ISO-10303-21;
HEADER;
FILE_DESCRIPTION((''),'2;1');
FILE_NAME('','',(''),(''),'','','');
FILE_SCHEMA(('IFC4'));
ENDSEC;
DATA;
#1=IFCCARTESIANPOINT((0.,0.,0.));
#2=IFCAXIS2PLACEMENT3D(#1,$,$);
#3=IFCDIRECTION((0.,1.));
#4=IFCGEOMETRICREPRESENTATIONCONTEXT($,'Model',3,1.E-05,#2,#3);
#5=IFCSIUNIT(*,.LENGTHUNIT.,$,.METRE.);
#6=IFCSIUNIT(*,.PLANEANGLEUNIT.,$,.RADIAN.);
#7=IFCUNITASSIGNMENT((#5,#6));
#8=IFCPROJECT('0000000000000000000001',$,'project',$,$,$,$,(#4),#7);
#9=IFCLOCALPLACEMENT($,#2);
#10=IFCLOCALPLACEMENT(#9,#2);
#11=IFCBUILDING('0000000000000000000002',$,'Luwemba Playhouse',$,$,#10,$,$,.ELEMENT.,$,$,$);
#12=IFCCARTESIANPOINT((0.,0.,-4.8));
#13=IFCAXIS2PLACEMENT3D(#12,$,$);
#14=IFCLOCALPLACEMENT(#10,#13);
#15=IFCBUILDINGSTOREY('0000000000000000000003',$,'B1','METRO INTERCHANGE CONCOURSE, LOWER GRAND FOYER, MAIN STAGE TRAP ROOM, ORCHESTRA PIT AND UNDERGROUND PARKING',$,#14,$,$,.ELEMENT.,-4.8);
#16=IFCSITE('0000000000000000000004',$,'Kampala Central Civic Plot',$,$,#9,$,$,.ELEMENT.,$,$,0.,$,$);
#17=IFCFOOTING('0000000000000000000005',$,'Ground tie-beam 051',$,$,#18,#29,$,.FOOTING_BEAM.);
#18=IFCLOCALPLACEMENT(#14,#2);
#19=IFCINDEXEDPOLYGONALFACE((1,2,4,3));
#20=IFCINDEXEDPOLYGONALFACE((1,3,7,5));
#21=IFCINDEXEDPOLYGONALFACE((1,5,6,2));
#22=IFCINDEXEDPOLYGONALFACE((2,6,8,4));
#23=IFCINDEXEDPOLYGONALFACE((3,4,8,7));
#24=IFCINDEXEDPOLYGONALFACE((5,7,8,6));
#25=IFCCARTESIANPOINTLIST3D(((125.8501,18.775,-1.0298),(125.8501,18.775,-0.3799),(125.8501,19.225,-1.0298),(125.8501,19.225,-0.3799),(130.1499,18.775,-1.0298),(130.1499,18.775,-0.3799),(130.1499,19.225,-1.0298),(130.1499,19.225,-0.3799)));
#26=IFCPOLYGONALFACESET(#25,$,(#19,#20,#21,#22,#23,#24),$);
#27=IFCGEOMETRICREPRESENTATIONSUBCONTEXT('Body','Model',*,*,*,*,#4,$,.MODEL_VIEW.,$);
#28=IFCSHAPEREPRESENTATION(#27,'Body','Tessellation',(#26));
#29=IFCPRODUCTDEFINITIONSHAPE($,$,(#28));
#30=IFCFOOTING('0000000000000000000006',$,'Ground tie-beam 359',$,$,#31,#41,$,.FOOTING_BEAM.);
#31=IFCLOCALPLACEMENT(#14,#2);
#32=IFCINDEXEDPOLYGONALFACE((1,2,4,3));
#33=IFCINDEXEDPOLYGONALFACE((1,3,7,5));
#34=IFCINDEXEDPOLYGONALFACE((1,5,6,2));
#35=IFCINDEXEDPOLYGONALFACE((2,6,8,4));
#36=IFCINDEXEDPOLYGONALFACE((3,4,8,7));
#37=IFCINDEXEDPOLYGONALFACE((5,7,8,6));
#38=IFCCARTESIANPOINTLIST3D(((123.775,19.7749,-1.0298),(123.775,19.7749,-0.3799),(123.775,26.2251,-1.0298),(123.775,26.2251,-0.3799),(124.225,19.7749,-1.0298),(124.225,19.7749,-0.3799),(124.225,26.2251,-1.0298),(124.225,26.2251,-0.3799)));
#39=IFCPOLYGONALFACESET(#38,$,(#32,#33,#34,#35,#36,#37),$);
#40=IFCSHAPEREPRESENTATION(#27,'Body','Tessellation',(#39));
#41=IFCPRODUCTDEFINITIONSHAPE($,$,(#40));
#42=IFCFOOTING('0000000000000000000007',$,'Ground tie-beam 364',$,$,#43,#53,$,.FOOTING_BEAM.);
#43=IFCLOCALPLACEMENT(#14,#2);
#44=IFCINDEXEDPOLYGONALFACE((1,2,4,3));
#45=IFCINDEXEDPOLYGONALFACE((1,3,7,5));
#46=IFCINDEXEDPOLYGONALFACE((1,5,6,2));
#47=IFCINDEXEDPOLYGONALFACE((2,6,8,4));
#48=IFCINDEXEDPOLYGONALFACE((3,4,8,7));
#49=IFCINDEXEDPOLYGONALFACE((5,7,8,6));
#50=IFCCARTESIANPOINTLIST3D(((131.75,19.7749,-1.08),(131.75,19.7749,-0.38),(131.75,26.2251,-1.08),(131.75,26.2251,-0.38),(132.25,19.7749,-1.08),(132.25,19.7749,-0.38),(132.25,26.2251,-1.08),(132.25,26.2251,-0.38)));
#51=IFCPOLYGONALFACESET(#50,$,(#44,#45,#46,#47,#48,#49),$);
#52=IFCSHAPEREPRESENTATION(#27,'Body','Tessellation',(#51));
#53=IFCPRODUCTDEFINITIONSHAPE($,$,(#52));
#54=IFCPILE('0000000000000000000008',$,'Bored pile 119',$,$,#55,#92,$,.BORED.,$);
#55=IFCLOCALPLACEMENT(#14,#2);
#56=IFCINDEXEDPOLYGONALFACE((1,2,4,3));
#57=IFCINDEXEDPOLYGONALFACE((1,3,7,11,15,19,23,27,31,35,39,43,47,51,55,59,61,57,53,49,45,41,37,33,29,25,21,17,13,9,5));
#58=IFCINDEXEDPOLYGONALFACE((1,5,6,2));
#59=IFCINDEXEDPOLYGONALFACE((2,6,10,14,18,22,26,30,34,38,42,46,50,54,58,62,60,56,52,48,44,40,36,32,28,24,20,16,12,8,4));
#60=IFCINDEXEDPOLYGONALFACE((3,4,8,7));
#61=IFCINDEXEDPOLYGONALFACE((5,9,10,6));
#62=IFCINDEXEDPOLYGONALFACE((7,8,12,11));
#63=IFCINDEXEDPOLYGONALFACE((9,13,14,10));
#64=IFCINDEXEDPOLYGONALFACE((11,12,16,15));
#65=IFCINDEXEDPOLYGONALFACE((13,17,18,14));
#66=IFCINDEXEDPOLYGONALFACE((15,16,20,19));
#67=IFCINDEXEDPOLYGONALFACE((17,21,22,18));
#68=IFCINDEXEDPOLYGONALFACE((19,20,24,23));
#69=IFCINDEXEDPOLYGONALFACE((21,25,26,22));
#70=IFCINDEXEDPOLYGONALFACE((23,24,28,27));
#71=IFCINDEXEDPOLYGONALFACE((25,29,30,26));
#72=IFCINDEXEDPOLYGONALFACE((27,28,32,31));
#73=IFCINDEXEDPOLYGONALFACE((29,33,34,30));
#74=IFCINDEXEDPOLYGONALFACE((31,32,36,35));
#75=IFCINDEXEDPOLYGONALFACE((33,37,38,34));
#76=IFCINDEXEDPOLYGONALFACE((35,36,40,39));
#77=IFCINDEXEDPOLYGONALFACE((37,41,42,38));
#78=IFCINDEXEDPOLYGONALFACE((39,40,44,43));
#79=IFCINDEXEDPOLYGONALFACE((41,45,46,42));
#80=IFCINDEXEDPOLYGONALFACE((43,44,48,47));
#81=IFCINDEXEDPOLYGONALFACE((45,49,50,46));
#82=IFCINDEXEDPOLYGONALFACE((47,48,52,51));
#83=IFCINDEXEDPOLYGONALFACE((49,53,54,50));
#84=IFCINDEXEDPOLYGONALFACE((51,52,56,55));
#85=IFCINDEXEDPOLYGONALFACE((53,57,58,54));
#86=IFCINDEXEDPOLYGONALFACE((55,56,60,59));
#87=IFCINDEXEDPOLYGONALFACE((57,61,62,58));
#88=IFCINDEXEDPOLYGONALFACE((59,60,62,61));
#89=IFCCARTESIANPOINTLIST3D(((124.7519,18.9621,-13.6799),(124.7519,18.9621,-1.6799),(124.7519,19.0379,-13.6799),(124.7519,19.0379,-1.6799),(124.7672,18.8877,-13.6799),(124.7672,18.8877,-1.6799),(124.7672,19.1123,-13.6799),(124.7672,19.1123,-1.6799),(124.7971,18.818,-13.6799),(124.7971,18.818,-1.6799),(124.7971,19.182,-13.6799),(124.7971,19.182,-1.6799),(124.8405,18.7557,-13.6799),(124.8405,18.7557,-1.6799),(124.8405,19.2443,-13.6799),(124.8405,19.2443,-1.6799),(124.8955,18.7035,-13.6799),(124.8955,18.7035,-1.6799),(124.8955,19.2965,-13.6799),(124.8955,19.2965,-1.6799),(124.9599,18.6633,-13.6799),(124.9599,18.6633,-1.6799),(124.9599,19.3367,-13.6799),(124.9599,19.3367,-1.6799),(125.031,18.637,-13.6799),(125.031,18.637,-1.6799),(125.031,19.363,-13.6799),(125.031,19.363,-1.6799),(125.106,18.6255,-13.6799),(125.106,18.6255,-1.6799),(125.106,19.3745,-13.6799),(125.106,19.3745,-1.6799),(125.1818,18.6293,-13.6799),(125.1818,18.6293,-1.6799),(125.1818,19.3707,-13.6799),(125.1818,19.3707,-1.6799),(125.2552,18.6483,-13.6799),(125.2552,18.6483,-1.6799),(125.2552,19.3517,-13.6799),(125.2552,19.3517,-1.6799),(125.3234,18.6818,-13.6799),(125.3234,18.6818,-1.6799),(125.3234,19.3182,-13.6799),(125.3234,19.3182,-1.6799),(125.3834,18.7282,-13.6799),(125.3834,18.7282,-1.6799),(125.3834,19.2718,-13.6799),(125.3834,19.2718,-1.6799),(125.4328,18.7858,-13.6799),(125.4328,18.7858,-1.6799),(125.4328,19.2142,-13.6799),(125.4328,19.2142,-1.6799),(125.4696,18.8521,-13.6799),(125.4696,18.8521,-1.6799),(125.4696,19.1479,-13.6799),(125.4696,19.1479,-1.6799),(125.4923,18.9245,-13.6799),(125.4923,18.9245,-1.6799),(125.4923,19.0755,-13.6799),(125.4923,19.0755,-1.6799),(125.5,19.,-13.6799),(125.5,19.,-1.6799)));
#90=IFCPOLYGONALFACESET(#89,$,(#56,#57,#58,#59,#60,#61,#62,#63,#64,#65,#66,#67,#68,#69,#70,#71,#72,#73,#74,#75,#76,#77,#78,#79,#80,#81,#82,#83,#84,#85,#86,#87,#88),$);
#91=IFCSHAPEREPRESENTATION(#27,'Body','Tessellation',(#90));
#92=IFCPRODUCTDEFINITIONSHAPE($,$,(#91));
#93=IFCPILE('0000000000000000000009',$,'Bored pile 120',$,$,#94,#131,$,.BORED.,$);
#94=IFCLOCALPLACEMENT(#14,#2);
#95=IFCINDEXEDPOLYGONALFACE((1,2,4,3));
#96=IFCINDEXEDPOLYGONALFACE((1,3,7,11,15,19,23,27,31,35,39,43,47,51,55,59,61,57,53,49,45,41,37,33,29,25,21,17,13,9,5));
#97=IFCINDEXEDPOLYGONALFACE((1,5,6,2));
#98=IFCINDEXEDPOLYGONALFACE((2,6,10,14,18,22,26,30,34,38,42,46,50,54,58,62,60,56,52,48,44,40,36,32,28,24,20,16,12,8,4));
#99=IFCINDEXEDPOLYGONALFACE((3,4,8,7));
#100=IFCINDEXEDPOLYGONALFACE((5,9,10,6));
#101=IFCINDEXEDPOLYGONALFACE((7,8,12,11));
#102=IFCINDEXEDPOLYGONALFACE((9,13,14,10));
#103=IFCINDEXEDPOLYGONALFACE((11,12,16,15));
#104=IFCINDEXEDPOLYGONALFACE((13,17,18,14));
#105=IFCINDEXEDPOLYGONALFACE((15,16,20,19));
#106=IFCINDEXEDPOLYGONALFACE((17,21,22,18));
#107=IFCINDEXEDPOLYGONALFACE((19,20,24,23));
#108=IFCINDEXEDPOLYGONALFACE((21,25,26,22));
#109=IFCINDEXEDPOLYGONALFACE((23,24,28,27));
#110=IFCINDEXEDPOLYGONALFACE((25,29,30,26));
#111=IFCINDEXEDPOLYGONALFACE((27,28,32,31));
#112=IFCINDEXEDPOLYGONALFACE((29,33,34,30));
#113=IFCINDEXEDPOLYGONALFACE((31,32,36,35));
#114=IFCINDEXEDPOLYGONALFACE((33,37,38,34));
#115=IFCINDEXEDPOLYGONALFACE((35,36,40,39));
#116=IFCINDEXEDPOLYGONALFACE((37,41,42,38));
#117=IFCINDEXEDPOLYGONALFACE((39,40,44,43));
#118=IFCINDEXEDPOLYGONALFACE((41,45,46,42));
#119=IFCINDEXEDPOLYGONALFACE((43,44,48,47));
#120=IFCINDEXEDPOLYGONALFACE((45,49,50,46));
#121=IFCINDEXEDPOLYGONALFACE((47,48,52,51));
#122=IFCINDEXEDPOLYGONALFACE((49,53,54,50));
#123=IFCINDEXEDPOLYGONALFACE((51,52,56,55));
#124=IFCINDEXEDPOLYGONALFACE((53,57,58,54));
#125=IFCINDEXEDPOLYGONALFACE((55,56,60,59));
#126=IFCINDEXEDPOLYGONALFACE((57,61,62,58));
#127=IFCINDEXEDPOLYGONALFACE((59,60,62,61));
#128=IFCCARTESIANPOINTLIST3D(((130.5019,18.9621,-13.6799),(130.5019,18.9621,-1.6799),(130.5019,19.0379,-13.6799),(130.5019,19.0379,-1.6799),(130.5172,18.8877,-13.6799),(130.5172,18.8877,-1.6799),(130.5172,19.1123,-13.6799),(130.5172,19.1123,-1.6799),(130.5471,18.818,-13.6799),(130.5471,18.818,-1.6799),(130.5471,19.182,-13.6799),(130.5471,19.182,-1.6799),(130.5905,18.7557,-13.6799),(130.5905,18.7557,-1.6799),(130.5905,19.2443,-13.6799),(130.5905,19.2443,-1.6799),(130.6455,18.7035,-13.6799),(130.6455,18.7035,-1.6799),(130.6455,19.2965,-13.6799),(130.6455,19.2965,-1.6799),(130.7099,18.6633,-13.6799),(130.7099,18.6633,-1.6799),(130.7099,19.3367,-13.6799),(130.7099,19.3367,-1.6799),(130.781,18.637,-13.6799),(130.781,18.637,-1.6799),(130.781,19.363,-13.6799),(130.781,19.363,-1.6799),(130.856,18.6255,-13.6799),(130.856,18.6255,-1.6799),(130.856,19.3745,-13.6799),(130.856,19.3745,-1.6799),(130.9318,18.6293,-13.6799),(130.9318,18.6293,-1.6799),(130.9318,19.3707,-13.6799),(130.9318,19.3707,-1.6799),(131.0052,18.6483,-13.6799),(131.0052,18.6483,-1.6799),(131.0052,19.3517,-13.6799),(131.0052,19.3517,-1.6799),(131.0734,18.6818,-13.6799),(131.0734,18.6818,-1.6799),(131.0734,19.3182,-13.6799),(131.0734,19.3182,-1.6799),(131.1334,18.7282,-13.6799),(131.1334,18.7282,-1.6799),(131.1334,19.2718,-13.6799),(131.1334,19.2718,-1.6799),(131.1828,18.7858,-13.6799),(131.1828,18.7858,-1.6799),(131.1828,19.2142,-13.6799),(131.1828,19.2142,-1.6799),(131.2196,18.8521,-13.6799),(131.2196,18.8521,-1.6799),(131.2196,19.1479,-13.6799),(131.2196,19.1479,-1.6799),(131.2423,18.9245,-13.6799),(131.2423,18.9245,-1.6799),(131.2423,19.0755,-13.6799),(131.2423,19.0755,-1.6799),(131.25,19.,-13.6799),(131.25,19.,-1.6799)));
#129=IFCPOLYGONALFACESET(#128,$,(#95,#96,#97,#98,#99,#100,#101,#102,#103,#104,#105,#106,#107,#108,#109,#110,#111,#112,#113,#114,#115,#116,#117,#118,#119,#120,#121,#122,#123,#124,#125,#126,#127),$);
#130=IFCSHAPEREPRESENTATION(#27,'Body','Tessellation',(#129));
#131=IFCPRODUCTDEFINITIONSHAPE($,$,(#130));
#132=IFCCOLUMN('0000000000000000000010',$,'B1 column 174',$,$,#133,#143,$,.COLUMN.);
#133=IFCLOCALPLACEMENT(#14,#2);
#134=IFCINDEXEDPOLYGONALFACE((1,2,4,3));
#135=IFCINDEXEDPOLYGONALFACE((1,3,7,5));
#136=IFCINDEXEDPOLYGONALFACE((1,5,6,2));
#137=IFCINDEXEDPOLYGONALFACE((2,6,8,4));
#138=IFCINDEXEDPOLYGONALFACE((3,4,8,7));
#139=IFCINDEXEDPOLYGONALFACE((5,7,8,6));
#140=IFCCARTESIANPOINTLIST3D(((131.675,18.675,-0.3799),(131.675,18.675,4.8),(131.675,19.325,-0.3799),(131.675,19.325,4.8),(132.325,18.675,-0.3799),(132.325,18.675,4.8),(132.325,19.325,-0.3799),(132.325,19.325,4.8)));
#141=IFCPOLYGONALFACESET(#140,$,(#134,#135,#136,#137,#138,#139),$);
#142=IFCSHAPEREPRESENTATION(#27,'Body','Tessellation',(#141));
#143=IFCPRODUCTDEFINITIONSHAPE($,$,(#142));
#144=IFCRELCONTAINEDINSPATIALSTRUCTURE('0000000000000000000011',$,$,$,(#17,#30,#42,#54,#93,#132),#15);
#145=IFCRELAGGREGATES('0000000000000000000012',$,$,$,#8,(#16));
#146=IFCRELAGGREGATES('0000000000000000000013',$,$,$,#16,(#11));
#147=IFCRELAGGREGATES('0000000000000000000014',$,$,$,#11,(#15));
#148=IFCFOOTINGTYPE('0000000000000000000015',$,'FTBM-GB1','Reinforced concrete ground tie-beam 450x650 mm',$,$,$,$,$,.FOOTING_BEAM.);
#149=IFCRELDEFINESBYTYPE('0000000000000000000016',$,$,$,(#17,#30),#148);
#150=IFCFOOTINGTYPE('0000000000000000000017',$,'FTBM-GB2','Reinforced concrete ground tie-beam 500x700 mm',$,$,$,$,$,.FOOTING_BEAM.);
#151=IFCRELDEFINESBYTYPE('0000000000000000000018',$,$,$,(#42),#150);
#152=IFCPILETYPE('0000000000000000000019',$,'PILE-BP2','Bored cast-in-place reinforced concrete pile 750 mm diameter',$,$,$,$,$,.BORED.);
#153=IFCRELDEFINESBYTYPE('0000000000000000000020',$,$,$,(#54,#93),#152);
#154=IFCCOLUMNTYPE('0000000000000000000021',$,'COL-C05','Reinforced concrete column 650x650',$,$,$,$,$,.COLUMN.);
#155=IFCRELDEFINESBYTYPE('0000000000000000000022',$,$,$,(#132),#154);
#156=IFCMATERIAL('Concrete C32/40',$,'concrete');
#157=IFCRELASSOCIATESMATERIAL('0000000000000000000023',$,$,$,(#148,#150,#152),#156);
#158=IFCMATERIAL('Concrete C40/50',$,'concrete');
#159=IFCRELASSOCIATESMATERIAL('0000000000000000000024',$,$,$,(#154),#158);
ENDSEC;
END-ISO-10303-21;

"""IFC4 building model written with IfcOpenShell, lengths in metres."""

from ifc_helpers import new_model, si_unit, direction, frame, origin, origin_2d, place, context, subcontext, project, spatial, rectangle, circle, extrude, material, material_profile, profile_set, type_object, element, save


model = new_model("IFC4")

# Units and contexts
model_context = context("Model", 3, precision=1e-05, world=origin(), true_north=direction((0.0, 1.0)))
body_context = subcontext(model_context, "Body", "Model", "MODEL_VIEW")
ifc_project = project(units=[si_unit("LENGTHUNIT", "METRE"), si_unit("PLANEANGLEUNIT", "RADIAN")], contexts=[model_context])

# Site, building, storey
site_placement = place(None, origin())
site = spatial("IfcSite", under=ifc_project, at=site_placement, Name="Kampala Central Civic Plot", CompositionType="ELEMENT", RefElevation=0.0)
building_placement = place(site_placement, origin())
building = spatial("IfcBuilding", under=site, at=building_placement, Name="Luwemba Playhouse", CompositionType="ELEMENT")
storey_placement = place(building_placement, frame((0.0, 0.0, -4.8)))
storey = spatial("IfcBuildingStorey", under=building, at=storey_placement, Name="B1", Description="METRO INTERCHANGE CONCOURSE, LOWER GRAND FOYER, MAIN STAGE TRAP ROOM, ORCHESTRA PIT AND UNDERGROUND PARKING", CompositionType="ELEMENT", Elevation=-4.8)

# Footings
ifc_material_1 = material(Name="Concrete C32/40", Category="concrete")
ifc_material_profile_1 = material_profile(ifc_material_1, rectangle(XDim=0.45, YDim=0.6499, at=origin_2d()))
ifc_profile_set_1 = profile_set([ifc_material_profile_1], Name="Concrete C32/40")
footing_type_1 = type_object("IfcFootingType", Name="FTBM-GB1", Description="Reinforced concrete ground tie-beam 450x650 mm", PredefinedType="FOOTING_BEAM", material=ifc_profile_set_1)
footing_1_placement = place(storey_placement, frame((125.8501, 19.0, -0.7048), z_axis=(1.0, 0.0, 0.0), x_axis=(0.0, 1.0, 0.0)))
element("IfcFooting", 1, at=footing_1_placement, inside=storey, type_object=footing_type_1, Name="Ground tie-beam 051", PredefinedType="FOOTING_BEAM", context=body_context, shape_type="SweptSolid", body=[
    extrude(rectangle(XDim=0.45, YDim=0.6499, at=origin_2d()), origin(), (0.0, 0.0, 1.0), 4.2998),
])
footing_2_placement = place(storey_placement, frame((124.0, 19.7749, -0.7048), z_axis=(0.0, 1.0, 0.0), x_axis=(-1.0, 0.0, 0.0)))
element("IfcFooting", 2, at=footing_2_placement, inside=storey, type_object=footing_type_1, Name="Ground tie-beam 359", PredefinedType="FOOTING_BEAM", context=body_context, shape_type="SweptSolid", body=[
    extrude(rectangle(XDim=0.45, YDim=0.6499, at=origin_2d()), origin(), (0.0, 0.0, 1.0), 6.4502),
])
ifc_material_profile_2 = material_profile(ifc_material_1, rectangle(XDim=0.5, YDim=0.7, at=origin_2d()))
ifc_profile_set_2 = profile_set([ifc_material_profile_2], Name="Concrete C32/40")
footing_type_2 = type_object("IfcFootingType", Name="FTBM-GB2", Description="Reinforced concrete ground tie-beam 500x700 mm", PredefinedType="FOOTING_BEAM", material=ifc_profile_set_2)
footing_3_placement = place(storey_placement, frame((132.0, 19.7749, -0.73), z_axis=(0.0, 1.0, 0.0), x_axis=(-1.0, 0.0, 0.0)))
element("IfcFooting", 3, at=footing_3_placement, inside=storey, type_object=footing_type_2, Name="Ground tie-beam 364", PredefinedType="FOOTING_BEAM", context=body_context, shape_type="SweptSolid", body=[
    extrude(rectangle(XDim=0.5, YDim=0.7, at=origin_2d()), origin(), (0.0, 0.0, 1.0), 6.4502),
])

# Piles
ifc_material_profile_3 = material_profile(ifc_material_1, circle(Radius=0.375, at=origin_2d()))
ifc_profile_set_3 = profile_set([ifc_material_profile_3], Name="Concrete C32/40")
pile_type = type_object("IfcPileType", Name="PILE-BP2", Description="Bored cast-in-place reinforced concrete pile 750 mm diameter", PredefinedType="BORED", material=ifc_profile_set_3)
for number, where, z_axis, x_axis, name in (
    (4, (125.125, 19.0, -1.6799), (0.0, 0.0, -1.0), (1.0, 0.0, 0.0), "Bored pile 119"),
    (5, (130.875, 19.0, -1.6799), (0.0, 0.0, -1.0), (1.0, 0.0, 0.0), "Bored pile 120"),
):
    element("IfcPile", number, at=place(storey_placement, frame(where, z_axis=z_axis, x_axis=x_axis)), inside=storey, type_object=pile_type, Name=name, PredefinedType="BORED", context=body_context, shape_type="SweptSolid", body=[
        extrude(circle(Radius=0.375, at=origin_2d()), origin(), (0.0, 0.0, 1.0), 12.0),
    ])

# Column
ifc_material_2 = material(Name="Concrete C40/50", Category="concrete")
ifc_material_profile_4 = material_profile(ifc_material_2, rectangle(XDim=0.6499, YDim=0.6499, at=origin_2d()))
ifc_profile_set_4 = profile_set([ifc_material_profile_4], Name="Concrete C40/50")
column_type = type_object("IfcColumnType", Name="COL-C05", Description="Reinforced concrete column 650x650", PredefinedType="COLUMN", material=ifc_profile_set_4)
column_placement = place(storey_placement, frame((132.0, 19.0, -0.3799), z_axis=(0.0, 0.0, 1.0), x_axis=(1.0, 0.0, 0.0)))
element("IfcColumn", 6, at=column_placement, inside=storey, type_object=column_type, Name="B1 column 174", PredefinedType="COLUMN", context=body_context, shape_type="SweptSolid", body=[
    extrude(rectangle(XDim=0.6499, YDim=0.6499, at=origin_2d()), origin(), (0.0, 0.0, 1.0), 5.1799),
])

save(model, "model.ifc")
